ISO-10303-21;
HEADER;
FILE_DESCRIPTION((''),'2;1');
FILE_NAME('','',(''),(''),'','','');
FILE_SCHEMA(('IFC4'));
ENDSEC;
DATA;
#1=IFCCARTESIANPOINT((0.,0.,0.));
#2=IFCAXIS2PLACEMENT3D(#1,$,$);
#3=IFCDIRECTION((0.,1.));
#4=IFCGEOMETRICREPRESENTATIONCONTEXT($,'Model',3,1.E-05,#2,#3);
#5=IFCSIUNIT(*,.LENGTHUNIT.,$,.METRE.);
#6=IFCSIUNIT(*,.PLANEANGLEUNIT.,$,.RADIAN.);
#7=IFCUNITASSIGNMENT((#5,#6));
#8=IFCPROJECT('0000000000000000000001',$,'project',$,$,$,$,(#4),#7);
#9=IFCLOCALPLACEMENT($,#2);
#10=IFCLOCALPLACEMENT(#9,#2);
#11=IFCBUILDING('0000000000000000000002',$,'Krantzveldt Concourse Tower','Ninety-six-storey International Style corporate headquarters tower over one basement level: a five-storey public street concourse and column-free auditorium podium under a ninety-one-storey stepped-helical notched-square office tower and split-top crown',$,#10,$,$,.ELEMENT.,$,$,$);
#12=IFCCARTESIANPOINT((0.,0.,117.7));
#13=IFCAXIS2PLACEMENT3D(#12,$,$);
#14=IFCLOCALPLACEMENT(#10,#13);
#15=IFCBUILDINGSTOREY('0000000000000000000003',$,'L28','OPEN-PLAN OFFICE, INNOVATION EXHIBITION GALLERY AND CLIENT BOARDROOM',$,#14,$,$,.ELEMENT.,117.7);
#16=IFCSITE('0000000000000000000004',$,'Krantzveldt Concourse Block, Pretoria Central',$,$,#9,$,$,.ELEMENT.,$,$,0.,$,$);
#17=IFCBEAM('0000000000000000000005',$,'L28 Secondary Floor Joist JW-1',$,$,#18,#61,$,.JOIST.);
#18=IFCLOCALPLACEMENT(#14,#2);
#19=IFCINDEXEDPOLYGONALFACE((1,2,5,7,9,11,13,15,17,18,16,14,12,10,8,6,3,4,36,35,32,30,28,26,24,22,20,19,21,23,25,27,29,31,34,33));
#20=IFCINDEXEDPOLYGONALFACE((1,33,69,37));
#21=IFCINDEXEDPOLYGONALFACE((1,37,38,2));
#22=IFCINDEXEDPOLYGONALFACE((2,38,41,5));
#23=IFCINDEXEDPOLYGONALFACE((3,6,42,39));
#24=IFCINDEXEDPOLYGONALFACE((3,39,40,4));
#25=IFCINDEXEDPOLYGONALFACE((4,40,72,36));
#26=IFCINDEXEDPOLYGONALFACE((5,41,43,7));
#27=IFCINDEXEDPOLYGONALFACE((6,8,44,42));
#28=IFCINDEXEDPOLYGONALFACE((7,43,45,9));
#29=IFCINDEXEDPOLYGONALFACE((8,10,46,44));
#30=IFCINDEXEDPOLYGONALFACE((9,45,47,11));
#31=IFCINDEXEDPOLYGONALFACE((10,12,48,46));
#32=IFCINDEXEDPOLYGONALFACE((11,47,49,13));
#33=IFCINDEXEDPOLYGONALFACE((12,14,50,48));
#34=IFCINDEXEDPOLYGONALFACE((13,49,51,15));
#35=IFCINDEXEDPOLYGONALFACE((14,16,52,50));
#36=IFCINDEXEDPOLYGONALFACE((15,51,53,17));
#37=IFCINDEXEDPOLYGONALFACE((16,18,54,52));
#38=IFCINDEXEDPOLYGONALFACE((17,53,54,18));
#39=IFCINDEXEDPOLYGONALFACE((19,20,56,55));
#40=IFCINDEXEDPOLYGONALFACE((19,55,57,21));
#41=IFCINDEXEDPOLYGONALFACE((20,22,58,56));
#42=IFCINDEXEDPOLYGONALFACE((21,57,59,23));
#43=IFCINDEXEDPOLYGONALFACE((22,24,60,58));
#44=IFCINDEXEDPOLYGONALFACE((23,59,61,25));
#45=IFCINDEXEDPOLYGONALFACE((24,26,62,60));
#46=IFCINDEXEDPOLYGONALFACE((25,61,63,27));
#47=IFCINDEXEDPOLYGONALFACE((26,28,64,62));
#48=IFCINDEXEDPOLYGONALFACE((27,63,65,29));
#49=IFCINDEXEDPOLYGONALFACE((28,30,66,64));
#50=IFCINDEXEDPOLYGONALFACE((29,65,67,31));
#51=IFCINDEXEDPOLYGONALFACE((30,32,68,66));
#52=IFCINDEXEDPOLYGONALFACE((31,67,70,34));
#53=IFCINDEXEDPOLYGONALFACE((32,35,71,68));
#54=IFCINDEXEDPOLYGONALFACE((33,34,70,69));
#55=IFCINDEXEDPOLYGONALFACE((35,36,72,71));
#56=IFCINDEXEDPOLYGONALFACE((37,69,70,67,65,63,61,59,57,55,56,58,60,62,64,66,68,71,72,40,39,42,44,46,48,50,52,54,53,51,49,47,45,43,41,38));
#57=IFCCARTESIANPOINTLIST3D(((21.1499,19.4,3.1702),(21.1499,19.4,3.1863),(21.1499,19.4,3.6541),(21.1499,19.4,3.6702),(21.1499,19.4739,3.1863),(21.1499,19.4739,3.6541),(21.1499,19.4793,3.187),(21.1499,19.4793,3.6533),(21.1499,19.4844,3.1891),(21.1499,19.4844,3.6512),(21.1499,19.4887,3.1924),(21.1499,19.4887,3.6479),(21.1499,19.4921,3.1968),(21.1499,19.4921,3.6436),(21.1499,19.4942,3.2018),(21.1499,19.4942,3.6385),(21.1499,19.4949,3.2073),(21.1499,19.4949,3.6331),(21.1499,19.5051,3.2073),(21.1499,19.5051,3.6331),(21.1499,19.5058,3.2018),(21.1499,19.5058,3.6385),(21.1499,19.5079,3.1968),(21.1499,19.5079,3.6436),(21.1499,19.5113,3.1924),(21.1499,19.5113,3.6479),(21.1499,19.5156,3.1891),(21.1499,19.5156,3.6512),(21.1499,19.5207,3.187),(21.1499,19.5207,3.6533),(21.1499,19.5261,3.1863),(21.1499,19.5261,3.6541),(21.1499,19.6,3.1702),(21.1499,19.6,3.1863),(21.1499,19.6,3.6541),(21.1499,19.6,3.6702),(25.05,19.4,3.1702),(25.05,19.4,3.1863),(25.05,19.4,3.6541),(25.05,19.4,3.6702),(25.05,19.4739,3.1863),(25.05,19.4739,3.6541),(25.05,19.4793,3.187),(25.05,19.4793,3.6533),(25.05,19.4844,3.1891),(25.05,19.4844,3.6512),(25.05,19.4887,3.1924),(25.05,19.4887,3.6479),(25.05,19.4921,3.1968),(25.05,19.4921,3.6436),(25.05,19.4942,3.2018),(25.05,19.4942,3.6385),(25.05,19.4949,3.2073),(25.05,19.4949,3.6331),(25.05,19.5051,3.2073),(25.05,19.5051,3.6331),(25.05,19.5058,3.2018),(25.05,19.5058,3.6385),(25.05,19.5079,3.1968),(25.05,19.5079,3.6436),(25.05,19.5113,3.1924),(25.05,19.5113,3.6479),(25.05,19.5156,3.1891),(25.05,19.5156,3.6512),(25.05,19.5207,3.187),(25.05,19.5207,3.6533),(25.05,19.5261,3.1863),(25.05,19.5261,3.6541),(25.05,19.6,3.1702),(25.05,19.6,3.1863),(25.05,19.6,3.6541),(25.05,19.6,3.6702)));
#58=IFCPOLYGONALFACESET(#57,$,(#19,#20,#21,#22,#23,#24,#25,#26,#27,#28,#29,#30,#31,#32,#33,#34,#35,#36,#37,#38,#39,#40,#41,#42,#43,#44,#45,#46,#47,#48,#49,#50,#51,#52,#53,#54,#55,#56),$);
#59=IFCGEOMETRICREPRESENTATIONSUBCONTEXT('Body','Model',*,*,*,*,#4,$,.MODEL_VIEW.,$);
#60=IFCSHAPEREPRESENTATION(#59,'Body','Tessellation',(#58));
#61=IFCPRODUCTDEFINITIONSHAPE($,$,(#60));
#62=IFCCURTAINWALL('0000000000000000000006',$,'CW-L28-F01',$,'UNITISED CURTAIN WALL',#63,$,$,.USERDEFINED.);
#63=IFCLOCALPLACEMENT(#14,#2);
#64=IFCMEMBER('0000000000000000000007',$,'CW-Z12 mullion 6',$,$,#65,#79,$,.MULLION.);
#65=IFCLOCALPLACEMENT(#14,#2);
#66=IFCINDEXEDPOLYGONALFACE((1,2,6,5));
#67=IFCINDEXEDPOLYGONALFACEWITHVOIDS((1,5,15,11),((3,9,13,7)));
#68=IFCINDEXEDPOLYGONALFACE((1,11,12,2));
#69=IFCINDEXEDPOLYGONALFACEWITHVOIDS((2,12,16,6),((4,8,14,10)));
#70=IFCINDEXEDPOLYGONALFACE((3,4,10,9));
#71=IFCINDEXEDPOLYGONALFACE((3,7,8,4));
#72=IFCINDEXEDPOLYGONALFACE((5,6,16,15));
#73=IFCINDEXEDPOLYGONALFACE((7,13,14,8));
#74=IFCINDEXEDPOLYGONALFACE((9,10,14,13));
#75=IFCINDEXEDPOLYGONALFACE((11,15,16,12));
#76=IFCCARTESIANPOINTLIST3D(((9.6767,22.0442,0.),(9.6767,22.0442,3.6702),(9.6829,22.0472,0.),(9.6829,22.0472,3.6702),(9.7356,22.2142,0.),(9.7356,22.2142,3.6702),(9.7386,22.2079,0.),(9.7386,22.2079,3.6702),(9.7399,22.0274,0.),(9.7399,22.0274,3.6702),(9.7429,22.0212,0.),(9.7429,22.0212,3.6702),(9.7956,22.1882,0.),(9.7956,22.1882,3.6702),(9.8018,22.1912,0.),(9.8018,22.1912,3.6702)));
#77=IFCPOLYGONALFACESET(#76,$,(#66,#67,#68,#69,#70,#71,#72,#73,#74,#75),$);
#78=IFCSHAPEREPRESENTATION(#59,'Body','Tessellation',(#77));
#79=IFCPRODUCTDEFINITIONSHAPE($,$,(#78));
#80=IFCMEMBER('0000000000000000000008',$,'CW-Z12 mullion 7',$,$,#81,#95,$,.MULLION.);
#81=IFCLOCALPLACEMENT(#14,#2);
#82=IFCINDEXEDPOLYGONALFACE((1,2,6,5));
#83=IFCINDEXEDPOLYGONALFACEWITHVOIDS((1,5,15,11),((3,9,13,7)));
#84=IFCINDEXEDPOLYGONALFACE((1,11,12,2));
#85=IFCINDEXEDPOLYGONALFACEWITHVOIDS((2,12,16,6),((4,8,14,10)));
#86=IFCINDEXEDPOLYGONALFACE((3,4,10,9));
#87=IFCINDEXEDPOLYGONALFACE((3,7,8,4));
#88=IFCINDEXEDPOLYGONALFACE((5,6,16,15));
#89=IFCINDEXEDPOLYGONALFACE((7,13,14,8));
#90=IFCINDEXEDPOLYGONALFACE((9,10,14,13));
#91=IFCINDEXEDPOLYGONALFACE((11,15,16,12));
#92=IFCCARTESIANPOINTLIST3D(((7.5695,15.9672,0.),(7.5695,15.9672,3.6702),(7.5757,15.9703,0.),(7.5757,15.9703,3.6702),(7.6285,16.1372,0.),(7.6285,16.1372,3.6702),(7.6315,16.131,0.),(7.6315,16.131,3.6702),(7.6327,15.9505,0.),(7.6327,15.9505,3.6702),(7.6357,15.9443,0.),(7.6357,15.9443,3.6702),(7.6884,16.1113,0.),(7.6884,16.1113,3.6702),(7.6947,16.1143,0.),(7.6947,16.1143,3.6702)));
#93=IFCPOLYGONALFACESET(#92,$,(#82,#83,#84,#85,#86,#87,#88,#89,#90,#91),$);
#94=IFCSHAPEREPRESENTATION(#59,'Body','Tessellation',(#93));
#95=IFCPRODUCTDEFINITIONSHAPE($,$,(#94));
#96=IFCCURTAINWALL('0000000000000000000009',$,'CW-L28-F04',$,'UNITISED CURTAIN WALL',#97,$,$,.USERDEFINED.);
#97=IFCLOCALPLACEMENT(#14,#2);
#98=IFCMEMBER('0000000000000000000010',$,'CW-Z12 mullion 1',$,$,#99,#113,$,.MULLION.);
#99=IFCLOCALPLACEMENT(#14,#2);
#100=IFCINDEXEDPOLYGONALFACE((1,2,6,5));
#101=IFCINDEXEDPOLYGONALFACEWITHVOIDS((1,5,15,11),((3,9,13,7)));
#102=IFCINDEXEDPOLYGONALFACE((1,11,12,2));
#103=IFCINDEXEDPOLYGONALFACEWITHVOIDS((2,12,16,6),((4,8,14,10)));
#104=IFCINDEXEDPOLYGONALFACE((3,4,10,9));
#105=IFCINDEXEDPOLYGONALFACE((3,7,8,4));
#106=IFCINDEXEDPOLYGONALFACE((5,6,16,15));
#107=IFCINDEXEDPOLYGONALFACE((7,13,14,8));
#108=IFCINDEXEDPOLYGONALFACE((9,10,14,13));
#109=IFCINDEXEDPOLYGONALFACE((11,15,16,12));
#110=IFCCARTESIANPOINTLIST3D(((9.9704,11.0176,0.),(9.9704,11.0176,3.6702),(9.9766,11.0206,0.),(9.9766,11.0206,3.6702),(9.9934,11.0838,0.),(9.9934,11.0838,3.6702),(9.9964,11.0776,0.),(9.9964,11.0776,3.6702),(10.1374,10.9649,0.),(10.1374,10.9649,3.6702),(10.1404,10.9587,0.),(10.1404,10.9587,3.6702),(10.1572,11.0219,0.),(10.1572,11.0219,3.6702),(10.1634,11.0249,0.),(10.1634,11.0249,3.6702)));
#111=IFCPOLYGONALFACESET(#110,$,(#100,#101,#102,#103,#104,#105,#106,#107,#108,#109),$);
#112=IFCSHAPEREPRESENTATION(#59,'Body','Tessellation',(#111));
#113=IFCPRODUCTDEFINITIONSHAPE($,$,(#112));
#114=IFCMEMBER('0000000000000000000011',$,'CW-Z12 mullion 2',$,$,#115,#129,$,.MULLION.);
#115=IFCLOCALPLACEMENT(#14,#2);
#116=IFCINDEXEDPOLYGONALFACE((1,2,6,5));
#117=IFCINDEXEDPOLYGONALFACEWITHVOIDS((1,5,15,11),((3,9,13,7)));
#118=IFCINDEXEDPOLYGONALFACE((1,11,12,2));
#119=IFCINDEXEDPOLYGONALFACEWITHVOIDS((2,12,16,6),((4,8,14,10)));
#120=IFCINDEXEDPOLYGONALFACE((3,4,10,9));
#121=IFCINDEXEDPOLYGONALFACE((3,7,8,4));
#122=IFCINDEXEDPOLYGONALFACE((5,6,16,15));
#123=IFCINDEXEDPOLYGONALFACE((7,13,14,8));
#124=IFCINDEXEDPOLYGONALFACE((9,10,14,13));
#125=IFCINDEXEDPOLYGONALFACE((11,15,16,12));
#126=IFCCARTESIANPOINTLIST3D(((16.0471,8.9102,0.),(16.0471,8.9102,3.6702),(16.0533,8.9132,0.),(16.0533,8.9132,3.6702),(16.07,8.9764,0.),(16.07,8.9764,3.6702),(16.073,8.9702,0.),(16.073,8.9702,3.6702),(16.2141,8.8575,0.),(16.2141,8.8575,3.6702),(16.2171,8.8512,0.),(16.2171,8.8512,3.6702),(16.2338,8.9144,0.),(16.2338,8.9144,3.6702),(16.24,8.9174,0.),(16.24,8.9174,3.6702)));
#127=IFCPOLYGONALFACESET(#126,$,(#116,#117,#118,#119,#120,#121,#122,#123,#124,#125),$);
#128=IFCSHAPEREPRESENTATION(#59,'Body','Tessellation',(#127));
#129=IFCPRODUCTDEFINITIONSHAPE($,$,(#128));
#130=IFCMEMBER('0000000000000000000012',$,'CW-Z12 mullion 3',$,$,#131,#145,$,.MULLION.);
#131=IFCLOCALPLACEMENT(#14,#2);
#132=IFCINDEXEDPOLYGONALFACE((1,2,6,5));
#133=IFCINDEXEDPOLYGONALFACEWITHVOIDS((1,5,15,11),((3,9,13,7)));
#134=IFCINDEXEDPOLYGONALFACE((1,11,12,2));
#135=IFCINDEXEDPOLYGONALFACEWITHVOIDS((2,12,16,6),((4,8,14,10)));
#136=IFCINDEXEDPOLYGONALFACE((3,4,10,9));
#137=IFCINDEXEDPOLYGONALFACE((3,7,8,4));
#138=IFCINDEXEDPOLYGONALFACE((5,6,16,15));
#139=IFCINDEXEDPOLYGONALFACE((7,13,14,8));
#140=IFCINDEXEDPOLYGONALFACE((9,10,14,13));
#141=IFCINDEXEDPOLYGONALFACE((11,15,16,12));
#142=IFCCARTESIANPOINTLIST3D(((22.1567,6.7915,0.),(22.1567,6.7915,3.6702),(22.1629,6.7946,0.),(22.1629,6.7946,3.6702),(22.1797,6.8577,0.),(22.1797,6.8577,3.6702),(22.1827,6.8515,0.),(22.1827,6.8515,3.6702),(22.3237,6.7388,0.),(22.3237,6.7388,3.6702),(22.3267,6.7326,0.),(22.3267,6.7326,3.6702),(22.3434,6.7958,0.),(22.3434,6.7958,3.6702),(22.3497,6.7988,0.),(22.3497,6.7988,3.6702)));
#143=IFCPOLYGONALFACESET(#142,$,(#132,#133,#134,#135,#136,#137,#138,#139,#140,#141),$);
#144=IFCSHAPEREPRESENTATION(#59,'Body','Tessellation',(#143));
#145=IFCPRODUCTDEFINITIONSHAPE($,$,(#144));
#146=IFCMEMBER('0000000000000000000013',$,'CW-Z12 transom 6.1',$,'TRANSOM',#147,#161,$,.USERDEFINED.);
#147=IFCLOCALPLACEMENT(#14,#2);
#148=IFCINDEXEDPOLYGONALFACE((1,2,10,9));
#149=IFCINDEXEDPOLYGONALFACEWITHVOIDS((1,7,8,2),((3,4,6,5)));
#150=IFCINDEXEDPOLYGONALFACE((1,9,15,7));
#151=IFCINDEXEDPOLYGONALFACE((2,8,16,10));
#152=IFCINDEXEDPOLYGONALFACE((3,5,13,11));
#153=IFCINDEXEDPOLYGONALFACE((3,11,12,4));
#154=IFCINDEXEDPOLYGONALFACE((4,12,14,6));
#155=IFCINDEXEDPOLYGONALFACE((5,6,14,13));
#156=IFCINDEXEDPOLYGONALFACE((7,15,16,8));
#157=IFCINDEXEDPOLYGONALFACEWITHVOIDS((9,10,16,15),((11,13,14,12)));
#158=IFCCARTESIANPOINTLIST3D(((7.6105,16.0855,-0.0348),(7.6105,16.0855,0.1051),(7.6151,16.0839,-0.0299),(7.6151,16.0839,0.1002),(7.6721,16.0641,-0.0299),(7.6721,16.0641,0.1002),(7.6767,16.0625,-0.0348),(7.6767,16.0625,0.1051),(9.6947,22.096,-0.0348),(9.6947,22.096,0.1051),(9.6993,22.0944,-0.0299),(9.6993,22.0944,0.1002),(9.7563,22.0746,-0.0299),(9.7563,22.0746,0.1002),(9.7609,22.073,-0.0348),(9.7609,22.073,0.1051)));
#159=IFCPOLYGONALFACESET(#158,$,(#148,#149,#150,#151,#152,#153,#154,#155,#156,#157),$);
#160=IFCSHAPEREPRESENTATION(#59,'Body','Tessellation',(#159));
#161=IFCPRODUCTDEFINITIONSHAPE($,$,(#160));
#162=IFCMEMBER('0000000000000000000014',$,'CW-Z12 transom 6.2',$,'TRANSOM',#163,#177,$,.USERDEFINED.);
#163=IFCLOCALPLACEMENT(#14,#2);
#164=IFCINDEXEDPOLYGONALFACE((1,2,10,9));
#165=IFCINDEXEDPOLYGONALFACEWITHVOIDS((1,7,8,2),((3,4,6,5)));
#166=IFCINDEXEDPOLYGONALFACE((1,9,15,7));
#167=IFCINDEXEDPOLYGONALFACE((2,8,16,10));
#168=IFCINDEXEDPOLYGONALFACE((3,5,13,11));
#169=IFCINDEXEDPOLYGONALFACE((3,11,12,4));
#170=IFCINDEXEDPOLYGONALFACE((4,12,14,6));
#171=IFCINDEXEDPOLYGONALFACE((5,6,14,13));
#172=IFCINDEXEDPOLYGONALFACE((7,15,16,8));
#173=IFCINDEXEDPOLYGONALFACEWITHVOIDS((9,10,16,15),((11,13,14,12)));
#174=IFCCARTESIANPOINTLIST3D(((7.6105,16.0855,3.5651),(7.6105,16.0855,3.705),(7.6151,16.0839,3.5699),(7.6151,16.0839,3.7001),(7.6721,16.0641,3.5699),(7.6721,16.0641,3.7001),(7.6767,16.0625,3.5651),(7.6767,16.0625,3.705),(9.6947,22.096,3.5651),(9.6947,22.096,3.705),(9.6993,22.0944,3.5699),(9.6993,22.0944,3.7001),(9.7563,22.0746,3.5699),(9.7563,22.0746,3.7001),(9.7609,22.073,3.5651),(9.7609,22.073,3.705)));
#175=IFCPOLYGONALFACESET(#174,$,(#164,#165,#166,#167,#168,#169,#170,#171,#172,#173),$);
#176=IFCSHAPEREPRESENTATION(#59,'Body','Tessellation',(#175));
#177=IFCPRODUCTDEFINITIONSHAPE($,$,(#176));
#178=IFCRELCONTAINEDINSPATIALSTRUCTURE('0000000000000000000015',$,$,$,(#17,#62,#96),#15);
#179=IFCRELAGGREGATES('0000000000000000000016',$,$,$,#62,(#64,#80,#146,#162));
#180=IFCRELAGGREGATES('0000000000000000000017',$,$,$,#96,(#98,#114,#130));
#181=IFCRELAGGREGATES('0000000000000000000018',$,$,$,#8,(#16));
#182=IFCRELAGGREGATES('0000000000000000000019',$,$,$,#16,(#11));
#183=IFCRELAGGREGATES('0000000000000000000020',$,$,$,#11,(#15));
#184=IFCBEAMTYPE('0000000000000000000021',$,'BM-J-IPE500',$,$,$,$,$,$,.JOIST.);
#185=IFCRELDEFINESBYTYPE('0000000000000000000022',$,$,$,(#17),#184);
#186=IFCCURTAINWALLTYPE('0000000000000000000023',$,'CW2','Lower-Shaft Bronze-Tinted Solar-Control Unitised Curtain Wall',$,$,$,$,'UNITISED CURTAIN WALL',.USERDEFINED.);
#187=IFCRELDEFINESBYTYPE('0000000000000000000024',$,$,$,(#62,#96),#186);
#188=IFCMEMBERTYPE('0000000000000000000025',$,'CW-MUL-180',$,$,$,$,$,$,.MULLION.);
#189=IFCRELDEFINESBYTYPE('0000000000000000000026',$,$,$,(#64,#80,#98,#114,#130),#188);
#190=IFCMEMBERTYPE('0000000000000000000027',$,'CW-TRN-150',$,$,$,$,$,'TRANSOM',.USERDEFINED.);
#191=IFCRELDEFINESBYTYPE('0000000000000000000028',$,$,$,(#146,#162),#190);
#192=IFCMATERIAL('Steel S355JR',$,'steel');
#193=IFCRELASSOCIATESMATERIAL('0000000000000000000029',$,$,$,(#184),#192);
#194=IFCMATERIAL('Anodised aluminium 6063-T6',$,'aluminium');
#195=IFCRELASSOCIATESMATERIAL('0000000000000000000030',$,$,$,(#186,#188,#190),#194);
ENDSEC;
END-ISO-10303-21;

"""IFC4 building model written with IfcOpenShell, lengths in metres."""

from ifc_helpers import new_model, si_unit, direction, frame, origin, origin_2d, place, context, subcontext, project, spatial, hollow_rectangle, i_section, extrude, source, transform, mapped, material, material_profile, profile_set, type_object, type_shapes, element, aggregate, save


model = new_model("IFC4")

# Units and contexts
model_context = context("Model", 3, precision=1e-05, world=origin(), true_north=direction((0.0, 1.0)))
body_context = subcontext(model_context, "Body", "Model", "MODEL_VIEW")
ifc_project = project(units=[si_unit("LENGTHUNIT", "METRE"), si_unit("PLANEANGLEUNIT", "RADIAN")], contexts=[model_context])

# Site, building, storey
site_placement = place(None, origin())
site = spatial("IfcSite", under=ifc_project, at=site_placement, Name="Krantzveldt Concourse Block, Pretoria Central", CompositionType="ELEMENT", RefElevation=0.0)
building_placement = place(site_placement, origin())
building = spatial("IfcBuilding", under=site, at=building_placement, Name="Krantzveldt Concourse Tower", Description="Ninety-six-storey International Style corporate headquarters tower over one basement level: a five-storey public street concourse and column-free auditorium podium under a ninety-one-storey stepped-helical notched-square office tower and split-top crown", CompositionType="ELEMENT")
storey_placement = place(building_placement, frame((0.0, 0.0, 117.7)))
storey = spatial("IfcBuildingStorey", under=building, at=storey_placement, Name="L28", Description="OPEN-PLAN OFFICE, INNOVATION EXHIBITION GALLERY AND CLIENT BOARDROOM", CompositionType="ELEMENT", Elevation=117.7)

# Beam
ifc_material_1 = material(Name="Steel S355JR", Category="steel")
ifc_material_profile_1 = material_profile(ifc_material_1, i_section(OverallWidth=0.2, OverallDepth=0.5, WebThickness=0.0103, FlangeThickness=0.0161, FilletRadius=0.021, at=origin_2d()), Name="Steel S355JR", Category="steel")
ifc_profile_set_1 = profile_set([ifc_material_profile_1], Name="Steel S355JR - IPE 500")
beam_type_1 = type_object("IfcBeamType", Name="BM-J-IPE500", PredefinedType="JOIST", material=ifc_profile_set_1)
shared_shape_1 = source(origin(), body_context, "Body", "SweptSolid", [
    extrude(i_section(OverallWidth=0.2, OverallDepth=0.5, WebThickness=0.0103, FlangeThickness=0.0161, FilletRadius=0.021, at=origin_2d()), origin(), (0.0, 0.0, 1.0), 3.9001),
])
type_shapes(beam_type_1, [shared_shape_1])
beam_1_placement = place(storey_placement, frame((21.1499, 19.5, 3.4202), z_axis=(1.0, 0.0, 0.0), x_axis=(0.0, 1.0, 0.0)))
element("IfcBeam", 1, at=beam_1_placement, inside=storey, type_object=beam_type_1, Name="L28 Secondary Floor Joist JW-1", PredefinedType="JOIST", context=body_context, shape_type="MappedRepresentation", body=[
    mapped(shared_shape_1, transform((0.0, 0.0, 0.0), x_axis=(1.0, 0.0, 0.0), y_axis=(0.0, 1.0, 0.0), z_axis=(0.0, 0.0, 1.0), scale=1.0)),
])

# Curtain walls, members
ifc_material_2 = material(Name="Anodised aluminium 6063-T6", Category="aluminium")
curtain_wall_type = type_object("IfcCurtainWallType", Name="CW2", Description="Lower-Shaft Bronze-Tinted Solar-Control Unitised Curtain Wall", ElementType="UNITISED CURTAIN WALL", PredefinedType="USERDEFINED", material=ifc_material_2)
curtain_wall_1_placement = place(storey_placement, origin())
curtain_wall_1 = element("IfcCurtainWall", 2, at=curtain_wall_1_placement, inside=storey, type_object=curtain_wall_type, Name="CW-L28-F01", ObjectType="UNITISED CURTAIN WALL", PredefinedType="USERDEFINED")
ifc_material_profile_2 = material_profile(ifc_material_2, hollow_rectangle(XDim=0.0701, YDim=0.1799, WallThickness=0.0049, at=origin_2d()), Name="Anodised aluminium 6063-T6", Category="aluminium")
ifc_profile_set_2 = profile_set([ifc_material_profile_2], Name="Anodised aluminium 6063-T6 - ALU-MULL 180x70x5")
member_type_1 = type_object("IfcMemberType", Name="CW-MUL-180", PredefinedType="MULLION", material=ifc_profile_set_2)
shared_shape_2 = source(origin(), body_context, "Body", "SweptSolid", [
    extrude(hollow_rectangle(XDim=0.0701, YDim=0.1799, WallThickness=0.0049, at=origin_2d()), origin(), (0.0, 0.0, 1.0), 3.6702),
])
type_shapes(member_type_1, [shared_shape_2])
member_1_placement = place(storey_placement, frame((9.7393, 22.1177, 0.0), z_axis=(0.0, 0.0, 1.0), x_axis=(0.944806, -0.32763, 0.0)))
member_1 = element("IfcMember", 3, at=member_1_placement, type_object=member_type_1, Name="CW-Z12 mullion 6", PredefinedType="MULLION", context=body_context, shape_type="MappedRepresentation", body=[
    mapped(shared_shape_2, transform((0.0, 0.0, 0.0), x_axis=(1.0, 0.0, 0.0), y_axis=(0.0, 1.0, 0.0), z_axis=(0.0, 0.0, 1.0), scale=1.0)),
])
member_2_placement = place(storey_placement, frame((7.6321, 16.0408, 0.0), z_axis=(0.0, 0.0, 1.0), x_axis=(0.944806, -0.32763, 0.0)))
member_2 = element("IfcMember", 4, at=member_2_placement, type_object=member_type_1, Name="CW-Z12 mullion 7", PredefinedType="MULLION", context=body_context, shape_type="MappedRepresentation", body=[
    mapped(shared_shape_2, transform((0.0, 0.0, 0.0), x_axis=(1.0, 0.0, 0.0), y_axis=(0.0, 1.0, 0.0), z_axis=(0.0, 0.0, 1.0), scale=1.0)),
])
curtain_wall_2_placement = place(storey_placement, origin())
curtain_wall_2 = element("IfcCurtainWall", 5, at=curtain_wall_2_placement, inside=storey, type_object=curtain_wall_type, Name="CW-L28-F04", ObjectType="UNITISED CURTAIN WALL", PredefinedType="USERDEFINED")
member_3_placement = place(storey_placement, frame((10.0669, 11.0212, 0.0), z_axis=(0.0, 0.0, 1.0), x_axis=(0.32763, 0.944806, 0.0)))
member_3 = element("IfcMember", 6, at=member_3_placement, type_object=member_type_1, Name="CW-Z12 mullion 1", PredefinedType="MULLION", context=body_context, shape_type="MappedRepresentation", body=[
    mapped(shared_shape_2, transform((0.0, 0.0, 0.0), x_axis=(1.0, 0.0, 0.0), y_axis=(0.0, 1.0, 0.0), z_axis=(0.0, 0.0, 1.0), scale=1.0)),
])
member_4_placement = place(storey_placement, frame((16.1436, 8.9138, 0.0), z_axis=(0.0, 0.0, 1.0), x_axis=(0.32763, 0.944806, 0.0)))
member_4 = element("IfcMember", 7, at=member_4_placement, type_object=member_type_1, Name="CW-Z12 mullion 2", PredefinedType="MULLION", context=body_context, shape_type="MappedRepresentation", body=[
    mapped(shared_shape_2, transform((0.0, 0.0, 0.0), x_axis=(1.0, 0.0, 0.0), y_axis=(0.0, 1.0, 0.0), z_axis=(0.0, 0.0, 1.0), scale=1.0)),
])
member_5_placement = place(storey_placement, frame((22.2532, 6.7952, 0.0), z_axis=(0.0, 0.0, 1.0), x_axis=(0.32763, 0.944806, 0.0)))
member_5 = element("IfcMember", 8, at=member_5_placement, type_object=member_type_1, Name="CW-Z12 mullion 3", PredefinedType="MULLION", context=body_context, shape_type="MappedRepresentation", body=[
    mapped(shared_shape_2, transform((0.0, 0.0, 0.0), x_axis=(1.0, 0.0, 0.0), y_axis=(0.0, 1.0, 0.0), z_axis=(0.0, 0.0, 1.0), scale=1.0)),
])

# Members
ifc_material_profile_3 = material_profile(ifc_material_2, hollow_rectangle(XDim=0.0701, YDim=0.1399, WallThickness=0.0049, at=origin_2d()), Name="Anodised aluminium 6063-T6", Category="aluminium")
ifc_profile_set_3 = profile_set([ifc_material_profile_3], Name="Anodised aluminium 6063-T6 - ALU-TRAN 140x70x5")
member_type_2 = type_object("IfcMemberType", Name="CW-TRN-150", ElementType="TRANSOM", PredefinedType="USERDEFINED", material=ifc_profile_set_3)
shared_shape_3 = source(origin(), body_context, "Body", "SweptSolid", [
    extrude(hollow_rectangle(XDim=0.0701, YDim=0.1399, WallThickness=0.0049, at=origin_2d()), origin(), (0.0, 0.0, 1.0), 6.3616),
])
member_6_placement = place(storey_placement, frame((9.7278, 22.0845, 0.0352), z_axis=(-0.327626, -0.944808, 0.0), x_axis=(0.944808, -0.327626, 0.0)))
member_6 = element("IfcMember", 9, at=member_6_placement, type_object=member_type_2, Name="CW-Z12 transom 6.1", ObjectType="TRANSOM", PredefinedType="USERDEFINED", context=body_context, shape_type="MappedRepresentation", body=[
    mapped(shared_shape_3, transform((0.0, 0.0, 0.0), x_axis=(1.0, 0.0, 0.0), y_axis=(0.0, 1.0, 0.0), z_axis=(0.0, 0.0, 1.0), scale=1.0)),
])
member_7_placement = place(storey_placement, frame((9.7278, 22.0845, 3.635), z_axis=(-0.327626, -0.944808, 0.0), x_axis=(0.944808, -0.327626, 0.0)))
member_7 = element("IfcMember", 10, at=member_7_placement, type_object=member_type_2, Name="CW-Z12 transom 6.2", ObjectType="TRANSOM", PredefinedType="USERDEFINED", context=body_context, shape_type="MappedRepresentation", body=[
    mapped(shared_shape_3, transform((0.0, 0.0, 0.0), x_axis=(1.0, 0.0, 0.0), y_axis=(0.0, 1.0, 0.0), z_axis=(0.0, 0.0, 1.0), scale=1.0)),
])

aggregate(curtain_wall_1, [member_1, member_2, member_6, member_7])
aggregate(curtain_wall_2, [member_3, member_4, member_5])

save(model, "model.ifc")
